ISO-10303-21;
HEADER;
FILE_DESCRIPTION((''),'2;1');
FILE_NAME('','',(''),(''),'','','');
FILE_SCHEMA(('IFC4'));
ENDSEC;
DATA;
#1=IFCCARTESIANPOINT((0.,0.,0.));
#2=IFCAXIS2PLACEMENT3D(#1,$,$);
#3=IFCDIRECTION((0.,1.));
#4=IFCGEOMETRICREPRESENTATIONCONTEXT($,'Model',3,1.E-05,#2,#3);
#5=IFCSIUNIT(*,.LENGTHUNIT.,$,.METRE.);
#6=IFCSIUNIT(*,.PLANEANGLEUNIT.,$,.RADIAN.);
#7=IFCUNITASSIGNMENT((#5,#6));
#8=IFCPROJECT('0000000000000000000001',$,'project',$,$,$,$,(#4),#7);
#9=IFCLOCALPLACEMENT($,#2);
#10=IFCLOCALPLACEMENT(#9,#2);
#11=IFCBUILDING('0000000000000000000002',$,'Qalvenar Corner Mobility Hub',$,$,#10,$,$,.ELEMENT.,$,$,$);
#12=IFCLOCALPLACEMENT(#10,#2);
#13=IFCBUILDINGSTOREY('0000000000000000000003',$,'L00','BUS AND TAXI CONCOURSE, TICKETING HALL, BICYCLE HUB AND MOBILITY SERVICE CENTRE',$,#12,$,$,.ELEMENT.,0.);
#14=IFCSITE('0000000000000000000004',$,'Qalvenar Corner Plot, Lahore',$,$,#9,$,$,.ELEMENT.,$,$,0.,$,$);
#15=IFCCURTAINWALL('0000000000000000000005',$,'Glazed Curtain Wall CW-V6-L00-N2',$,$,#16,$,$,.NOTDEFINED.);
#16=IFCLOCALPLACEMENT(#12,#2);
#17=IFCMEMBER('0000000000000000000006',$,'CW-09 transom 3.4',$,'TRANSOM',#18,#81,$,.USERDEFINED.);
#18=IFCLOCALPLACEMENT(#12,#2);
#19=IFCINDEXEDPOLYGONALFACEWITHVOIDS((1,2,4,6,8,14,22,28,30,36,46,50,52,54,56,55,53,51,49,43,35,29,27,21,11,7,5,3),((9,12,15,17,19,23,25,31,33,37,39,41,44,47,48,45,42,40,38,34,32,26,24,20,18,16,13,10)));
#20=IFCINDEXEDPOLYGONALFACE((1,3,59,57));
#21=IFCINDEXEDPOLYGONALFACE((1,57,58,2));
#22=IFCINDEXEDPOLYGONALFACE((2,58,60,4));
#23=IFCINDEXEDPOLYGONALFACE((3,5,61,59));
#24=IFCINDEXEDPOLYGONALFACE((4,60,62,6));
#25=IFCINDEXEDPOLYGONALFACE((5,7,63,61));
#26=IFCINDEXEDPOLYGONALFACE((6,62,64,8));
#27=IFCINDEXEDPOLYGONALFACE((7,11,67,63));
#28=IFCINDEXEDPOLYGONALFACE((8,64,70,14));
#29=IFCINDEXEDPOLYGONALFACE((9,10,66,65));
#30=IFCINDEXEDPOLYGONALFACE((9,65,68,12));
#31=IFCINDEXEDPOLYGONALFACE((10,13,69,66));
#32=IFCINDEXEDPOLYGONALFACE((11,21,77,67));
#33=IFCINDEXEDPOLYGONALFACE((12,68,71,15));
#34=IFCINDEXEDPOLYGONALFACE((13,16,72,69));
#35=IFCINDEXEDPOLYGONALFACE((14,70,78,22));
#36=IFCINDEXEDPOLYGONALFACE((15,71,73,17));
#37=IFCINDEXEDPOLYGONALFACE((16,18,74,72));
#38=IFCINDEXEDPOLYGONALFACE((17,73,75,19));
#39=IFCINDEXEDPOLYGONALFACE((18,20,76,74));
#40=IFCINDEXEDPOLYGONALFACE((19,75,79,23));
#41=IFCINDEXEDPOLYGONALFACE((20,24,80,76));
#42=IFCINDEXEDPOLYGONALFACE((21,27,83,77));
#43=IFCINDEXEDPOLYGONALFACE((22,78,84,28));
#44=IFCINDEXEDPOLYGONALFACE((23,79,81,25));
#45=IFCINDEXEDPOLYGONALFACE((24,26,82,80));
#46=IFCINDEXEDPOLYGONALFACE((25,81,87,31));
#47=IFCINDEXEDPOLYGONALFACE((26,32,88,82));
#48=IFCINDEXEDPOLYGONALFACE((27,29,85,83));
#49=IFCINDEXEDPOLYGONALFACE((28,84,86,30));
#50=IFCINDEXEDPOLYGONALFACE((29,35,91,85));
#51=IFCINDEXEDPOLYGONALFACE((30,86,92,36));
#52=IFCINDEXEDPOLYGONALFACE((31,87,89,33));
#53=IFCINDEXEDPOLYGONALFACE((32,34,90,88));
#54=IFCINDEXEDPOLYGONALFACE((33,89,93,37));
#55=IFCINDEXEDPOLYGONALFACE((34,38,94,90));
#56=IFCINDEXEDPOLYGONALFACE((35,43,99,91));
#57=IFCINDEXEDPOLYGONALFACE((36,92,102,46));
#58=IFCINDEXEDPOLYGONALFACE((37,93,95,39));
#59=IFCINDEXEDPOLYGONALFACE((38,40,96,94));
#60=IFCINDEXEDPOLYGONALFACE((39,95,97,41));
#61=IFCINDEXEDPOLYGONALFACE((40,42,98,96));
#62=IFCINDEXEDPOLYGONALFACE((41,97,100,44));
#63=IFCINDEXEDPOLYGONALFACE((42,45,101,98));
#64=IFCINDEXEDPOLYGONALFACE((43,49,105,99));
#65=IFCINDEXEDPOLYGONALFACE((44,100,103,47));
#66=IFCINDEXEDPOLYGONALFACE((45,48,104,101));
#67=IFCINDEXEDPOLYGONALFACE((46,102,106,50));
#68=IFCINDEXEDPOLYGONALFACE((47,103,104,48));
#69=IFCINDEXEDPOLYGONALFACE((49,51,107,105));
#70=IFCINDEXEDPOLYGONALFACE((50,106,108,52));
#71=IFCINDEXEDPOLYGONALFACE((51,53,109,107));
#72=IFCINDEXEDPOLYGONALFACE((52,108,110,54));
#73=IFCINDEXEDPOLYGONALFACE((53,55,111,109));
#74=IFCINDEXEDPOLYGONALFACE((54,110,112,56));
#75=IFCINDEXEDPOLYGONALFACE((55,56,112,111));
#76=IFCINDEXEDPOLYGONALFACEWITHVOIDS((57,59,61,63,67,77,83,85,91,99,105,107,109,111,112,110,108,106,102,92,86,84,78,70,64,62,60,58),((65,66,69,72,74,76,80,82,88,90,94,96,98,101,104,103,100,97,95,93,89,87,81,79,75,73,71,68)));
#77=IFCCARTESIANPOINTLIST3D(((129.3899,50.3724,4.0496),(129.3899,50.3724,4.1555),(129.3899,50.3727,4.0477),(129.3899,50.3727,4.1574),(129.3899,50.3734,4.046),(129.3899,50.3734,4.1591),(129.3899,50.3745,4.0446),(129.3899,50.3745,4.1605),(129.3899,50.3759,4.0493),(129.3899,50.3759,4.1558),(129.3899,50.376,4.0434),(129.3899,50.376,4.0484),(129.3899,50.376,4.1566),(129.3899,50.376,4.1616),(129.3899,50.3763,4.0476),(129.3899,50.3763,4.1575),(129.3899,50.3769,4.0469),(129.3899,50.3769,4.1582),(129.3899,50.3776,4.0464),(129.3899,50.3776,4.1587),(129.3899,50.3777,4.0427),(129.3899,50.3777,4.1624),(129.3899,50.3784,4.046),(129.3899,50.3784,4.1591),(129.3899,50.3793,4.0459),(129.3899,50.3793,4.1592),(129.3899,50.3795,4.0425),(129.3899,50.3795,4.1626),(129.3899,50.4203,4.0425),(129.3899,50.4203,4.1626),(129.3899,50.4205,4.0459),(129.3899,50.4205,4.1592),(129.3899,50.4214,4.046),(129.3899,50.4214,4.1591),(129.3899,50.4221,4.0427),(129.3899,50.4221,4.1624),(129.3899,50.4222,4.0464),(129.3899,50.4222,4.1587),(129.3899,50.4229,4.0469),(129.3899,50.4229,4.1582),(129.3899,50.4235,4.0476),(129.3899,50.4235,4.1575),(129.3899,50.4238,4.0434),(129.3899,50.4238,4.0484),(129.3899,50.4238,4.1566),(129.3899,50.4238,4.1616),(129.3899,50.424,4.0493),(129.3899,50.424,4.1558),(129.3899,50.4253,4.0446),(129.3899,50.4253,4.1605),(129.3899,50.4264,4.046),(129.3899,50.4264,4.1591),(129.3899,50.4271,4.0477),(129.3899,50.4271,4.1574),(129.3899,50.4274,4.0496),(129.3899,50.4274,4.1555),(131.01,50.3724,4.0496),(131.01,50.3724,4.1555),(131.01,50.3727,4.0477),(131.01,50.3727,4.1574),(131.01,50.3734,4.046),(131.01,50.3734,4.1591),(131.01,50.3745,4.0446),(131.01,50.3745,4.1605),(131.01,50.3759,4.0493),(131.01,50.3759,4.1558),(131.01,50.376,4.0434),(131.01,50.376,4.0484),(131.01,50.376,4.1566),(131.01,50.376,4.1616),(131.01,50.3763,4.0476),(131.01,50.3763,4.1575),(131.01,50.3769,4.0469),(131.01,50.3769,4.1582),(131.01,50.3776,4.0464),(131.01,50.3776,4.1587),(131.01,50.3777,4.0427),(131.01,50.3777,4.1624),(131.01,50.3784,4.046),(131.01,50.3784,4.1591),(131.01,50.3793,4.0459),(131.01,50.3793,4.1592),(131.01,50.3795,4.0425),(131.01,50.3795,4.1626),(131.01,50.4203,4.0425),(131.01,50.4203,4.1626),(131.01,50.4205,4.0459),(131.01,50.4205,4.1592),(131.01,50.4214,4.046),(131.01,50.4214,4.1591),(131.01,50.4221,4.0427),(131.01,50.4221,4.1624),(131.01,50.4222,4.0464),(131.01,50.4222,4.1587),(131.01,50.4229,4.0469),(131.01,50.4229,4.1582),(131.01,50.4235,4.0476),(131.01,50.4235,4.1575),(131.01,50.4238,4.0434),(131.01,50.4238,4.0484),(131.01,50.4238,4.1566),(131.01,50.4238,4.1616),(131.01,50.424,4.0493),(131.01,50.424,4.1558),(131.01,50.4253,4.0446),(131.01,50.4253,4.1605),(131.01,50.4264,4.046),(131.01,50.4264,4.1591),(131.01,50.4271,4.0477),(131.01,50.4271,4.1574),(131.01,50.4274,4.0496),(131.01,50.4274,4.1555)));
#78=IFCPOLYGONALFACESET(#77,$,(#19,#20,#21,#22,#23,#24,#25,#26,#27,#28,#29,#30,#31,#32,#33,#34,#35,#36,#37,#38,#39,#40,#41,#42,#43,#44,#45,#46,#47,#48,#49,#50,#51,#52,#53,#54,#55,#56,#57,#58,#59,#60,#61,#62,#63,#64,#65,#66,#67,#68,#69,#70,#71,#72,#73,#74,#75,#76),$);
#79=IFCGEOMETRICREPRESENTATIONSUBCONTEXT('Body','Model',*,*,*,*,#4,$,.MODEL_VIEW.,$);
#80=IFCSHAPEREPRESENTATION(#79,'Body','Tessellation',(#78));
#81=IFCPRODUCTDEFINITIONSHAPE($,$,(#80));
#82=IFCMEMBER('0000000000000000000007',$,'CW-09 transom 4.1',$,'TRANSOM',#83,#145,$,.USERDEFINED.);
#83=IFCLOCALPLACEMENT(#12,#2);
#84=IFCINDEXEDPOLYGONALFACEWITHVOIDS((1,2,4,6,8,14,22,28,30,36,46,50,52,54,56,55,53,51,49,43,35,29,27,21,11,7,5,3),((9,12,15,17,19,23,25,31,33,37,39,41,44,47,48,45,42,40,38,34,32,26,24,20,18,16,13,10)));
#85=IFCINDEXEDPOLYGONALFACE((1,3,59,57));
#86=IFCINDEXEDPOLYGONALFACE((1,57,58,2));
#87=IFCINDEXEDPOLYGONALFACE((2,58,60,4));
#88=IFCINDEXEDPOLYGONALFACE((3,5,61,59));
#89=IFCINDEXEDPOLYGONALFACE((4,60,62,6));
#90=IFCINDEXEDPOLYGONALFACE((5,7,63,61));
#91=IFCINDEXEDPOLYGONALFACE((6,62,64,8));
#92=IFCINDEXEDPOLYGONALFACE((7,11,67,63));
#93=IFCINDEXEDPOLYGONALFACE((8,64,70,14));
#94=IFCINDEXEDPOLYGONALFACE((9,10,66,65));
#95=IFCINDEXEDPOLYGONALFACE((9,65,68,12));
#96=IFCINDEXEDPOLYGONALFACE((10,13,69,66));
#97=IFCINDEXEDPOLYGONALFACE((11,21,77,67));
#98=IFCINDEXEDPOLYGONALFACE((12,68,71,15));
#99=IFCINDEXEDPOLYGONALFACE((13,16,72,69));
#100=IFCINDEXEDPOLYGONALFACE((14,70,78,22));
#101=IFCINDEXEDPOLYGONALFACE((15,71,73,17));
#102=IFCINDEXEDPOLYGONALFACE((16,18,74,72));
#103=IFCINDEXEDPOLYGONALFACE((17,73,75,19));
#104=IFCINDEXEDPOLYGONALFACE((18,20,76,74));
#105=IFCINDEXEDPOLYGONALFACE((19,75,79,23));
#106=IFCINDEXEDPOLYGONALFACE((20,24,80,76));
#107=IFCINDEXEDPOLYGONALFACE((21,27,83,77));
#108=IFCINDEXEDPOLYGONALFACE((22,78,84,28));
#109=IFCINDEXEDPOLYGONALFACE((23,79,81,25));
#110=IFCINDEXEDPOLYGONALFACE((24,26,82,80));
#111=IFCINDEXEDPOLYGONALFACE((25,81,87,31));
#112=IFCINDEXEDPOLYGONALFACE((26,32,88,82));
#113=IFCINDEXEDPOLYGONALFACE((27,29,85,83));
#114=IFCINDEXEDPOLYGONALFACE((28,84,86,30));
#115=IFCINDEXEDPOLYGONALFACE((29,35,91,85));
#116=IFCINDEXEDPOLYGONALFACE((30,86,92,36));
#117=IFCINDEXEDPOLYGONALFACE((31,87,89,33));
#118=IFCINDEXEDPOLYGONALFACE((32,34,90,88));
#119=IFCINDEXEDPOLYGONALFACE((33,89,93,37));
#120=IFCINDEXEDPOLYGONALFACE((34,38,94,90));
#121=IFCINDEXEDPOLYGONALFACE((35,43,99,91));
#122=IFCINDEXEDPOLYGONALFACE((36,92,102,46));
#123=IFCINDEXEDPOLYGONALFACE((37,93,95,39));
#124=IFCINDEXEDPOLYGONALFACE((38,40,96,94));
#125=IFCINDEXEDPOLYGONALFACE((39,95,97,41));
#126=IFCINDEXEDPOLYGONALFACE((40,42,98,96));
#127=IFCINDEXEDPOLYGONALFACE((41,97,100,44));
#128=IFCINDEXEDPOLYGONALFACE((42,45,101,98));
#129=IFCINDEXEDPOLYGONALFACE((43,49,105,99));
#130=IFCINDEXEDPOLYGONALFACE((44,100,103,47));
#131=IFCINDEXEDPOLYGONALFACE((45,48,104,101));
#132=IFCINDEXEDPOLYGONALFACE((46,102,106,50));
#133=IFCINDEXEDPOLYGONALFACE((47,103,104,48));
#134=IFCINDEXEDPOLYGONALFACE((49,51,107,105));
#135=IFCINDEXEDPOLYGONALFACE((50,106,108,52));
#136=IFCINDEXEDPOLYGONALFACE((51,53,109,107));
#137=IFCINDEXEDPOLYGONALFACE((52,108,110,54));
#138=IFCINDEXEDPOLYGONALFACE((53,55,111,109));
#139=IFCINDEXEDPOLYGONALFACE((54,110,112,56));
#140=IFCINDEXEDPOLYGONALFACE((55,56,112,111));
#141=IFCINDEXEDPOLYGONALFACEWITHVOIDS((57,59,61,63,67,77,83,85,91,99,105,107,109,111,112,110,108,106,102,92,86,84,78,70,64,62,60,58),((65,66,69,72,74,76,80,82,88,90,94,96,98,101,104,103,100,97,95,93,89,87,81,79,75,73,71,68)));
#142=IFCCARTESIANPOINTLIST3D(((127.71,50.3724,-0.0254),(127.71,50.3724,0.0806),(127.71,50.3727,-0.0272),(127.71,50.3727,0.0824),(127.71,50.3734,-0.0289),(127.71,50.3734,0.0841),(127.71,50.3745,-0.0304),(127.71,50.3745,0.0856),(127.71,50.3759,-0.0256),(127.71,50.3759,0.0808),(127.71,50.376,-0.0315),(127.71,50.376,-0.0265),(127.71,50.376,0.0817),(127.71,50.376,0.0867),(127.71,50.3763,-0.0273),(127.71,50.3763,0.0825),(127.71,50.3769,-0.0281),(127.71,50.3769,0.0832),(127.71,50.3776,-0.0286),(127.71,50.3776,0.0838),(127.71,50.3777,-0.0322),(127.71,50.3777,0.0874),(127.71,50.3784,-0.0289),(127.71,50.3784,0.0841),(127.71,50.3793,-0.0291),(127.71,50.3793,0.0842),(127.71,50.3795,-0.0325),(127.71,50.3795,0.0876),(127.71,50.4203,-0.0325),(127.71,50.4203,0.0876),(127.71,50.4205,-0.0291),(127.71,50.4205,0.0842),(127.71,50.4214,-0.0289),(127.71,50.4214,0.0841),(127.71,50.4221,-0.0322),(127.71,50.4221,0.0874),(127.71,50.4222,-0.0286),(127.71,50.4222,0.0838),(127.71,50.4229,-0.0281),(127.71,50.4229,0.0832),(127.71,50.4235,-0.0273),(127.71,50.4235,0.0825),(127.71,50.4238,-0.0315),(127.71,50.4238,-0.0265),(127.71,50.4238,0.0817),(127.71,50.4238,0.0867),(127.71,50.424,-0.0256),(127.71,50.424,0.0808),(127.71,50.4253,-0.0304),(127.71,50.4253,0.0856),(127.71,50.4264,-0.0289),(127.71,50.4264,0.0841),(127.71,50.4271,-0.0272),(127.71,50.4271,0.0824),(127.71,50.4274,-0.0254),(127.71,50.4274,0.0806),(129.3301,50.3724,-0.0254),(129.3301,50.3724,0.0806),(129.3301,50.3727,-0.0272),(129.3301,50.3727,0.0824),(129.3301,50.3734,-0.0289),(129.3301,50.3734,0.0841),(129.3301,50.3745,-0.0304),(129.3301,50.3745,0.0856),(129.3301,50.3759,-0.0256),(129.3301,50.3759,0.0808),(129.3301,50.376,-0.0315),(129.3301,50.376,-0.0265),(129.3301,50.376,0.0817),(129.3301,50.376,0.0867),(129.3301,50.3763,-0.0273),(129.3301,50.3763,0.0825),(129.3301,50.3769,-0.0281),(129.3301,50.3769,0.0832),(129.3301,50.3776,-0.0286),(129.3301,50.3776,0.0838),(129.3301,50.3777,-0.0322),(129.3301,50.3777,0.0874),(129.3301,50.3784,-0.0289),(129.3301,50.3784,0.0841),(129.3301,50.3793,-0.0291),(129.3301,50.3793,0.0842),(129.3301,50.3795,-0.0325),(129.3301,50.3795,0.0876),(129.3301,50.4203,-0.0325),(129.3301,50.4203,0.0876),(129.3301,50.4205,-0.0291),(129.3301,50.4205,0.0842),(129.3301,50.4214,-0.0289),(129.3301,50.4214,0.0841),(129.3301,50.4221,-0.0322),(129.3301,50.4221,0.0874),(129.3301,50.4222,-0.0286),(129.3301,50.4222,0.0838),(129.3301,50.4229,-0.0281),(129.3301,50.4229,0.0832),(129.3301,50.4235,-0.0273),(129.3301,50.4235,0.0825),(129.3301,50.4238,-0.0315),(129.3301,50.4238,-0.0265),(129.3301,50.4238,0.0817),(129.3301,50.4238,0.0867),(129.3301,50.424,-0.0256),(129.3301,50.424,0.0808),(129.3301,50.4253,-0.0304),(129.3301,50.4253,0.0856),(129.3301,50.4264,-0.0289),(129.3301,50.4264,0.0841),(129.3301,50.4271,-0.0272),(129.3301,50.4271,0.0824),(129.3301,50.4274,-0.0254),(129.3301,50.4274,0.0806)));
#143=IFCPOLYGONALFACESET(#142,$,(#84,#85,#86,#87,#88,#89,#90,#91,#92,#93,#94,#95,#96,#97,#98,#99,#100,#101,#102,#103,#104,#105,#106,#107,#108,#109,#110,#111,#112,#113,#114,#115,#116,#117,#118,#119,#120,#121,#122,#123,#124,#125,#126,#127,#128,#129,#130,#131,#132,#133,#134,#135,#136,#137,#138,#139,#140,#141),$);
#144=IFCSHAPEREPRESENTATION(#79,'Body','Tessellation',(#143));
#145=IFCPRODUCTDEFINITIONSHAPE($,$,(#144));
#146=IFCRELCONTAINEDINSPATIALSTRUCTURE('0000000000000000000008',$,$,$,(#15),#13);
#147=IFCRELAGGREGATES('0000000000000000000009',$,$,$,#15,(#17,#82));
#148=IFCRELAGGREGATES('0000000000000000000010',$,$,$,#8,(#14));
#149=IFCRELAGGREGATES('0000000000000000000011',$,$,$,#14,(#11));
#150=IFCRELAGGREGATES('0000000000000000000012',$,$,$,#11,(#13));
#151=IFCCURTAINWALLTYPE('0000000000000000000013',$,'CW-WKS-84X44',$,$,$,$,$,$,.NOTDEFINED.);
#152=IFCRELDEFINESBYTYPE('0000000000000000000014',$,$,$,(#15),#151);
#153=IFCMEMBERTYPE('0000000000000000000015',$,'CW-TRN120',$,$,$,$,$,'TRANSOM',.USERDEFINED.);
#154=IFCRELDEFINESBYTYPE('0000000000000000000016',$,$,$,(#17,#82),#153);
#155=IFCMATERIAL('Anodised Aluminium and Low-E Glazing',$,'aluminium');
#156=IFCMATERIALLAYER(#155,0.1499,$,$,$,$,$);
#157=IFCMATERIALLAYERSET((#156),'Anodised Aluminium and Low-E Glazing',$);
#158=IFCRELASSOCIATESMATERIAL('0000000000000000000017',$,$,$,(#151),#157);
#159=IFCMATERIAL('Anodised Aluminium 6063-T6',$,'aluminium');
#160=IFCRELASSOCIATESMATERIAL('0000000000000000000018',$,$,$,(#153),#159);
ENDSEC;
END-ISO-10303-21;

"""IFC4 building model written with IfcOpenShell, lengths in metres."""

from ifc_helpers import new_model, si_unit, direction, frame, origin, origin_2d, place, context, subcontext, project, spatial, hollow_rectangle, extrude, material, layer, layer_set, material_profile, profile_set, type_object, element, aggregate, save


model = new_model("IFC4")

# Units and contexts
model_context = context("Model", 3, precision=1e-05, world=origin(), true_north=direction((0.0, 1.0)))
body_context = subcontext(model_context, "Body", "Model", "MODEL_VIEW")
ifc_project = project(units=[si_unit("LENGTHUNIT", "METRE"), si_unit("PLANEANGLEUNIT", "RADIAN")], contexts=[model_context])

# Site, building, storey
site_placement = place(None, origin())
site = spatial("IfcSite", under=ifc_project, at=site_placement, Name="Qalvenar Corner Plot, Lahore", CompositionType="ELEMENT", RefElevation=0.0)
building_placement = place(site_placement, origin())
building = spatial("IfcBuilding", under=site, at=building_placement, Name="Qalvenar Corner Mobility Hub", CompositionType="ELEMENT")
storey_placement = place(building_placement, origin())
storey = spatial("IfcBuildingStorey", under=building, at=storey_placement, Name="L00", Description="BUS AND TAXI CONCOURSE, TICKETING HALL, BICYCLE HUB AND MOBILITY SERVICE CENTRE", CompositionType="ELEMENT", Elevation=0.0)

# Curtain wall, members
ifc_material_1 = material(Name="Anodised Aluminium and Low-E Glazing", Category="aluminium")
ifc_layer_1 = layer(ifc_material_1, 0.1499)
ifc_layer_set_1 = layer_set([ifc_layer_1], Name="Anodised Aluminium and Low-E Glazing")
curtain_wall_type = type_object("IfcCurtainWallType", Name="CW-WKS-84X44", PredefinedType="NOTDEFINED", material=ifc_layer_set_1)
curtain_wall_placement = place(storey_placement, origin())
curtain_wall = element("IfcCurtainWall", 1, at=curtain_wall_placement, inside=storey, type_object=curtain_wall_type, Name="Glazed Curtain Wall CW-V6-L00-N2", PredefinedType="NOTDEFINED")
ifc_material_2 = material(Name="Anodised Aluminium 6063-T6", Category="aluminium")
ifc_material_profile_1 = material_profile(ifc_material_2, hollow_rectangle(XDim=0.0549, YDim=0.1201, WallThickness=0.0034, InnerFilletRadius=0.0034, OuterFilletRadius=0.0071, at=origin_2d()), Name="RHS120x55x3.5")
ifc_profile_set_1 = profile_set([ifc_material_profile_1], Name="Anodised Aluminium 6063-T6")
member_type_1 = type_object("IfcMemberType", Name="CW-TRN120", ElementType="TRANSOM", PredefinedType="USERDEFINED", material=ifc_profile_set_1)
member_1_placement = place(storey_placement, frame((131.01, 50.3999, 4.1025), z_axis=(-1.0, 0.0, 0.0), x_axis=(0.0, -1.0, 0.0)))
member_1 = element("IfcMember", 2, at=member_1_placement, type_object=member_type_1, Name="CW-09 transom 3.4", ObjectType="TRANSOM", PredefinedType="USERDEFINED", context=body_context, shape_type="SweptSolid", body=[
    extrude(hollow_rectangle(XDim=0.0549, YDim=0.1201, WallThickness=0.0034, InnerFilletRadius=0.0034, OuterFilletRadius=0.0071, at=origin_2d()), origin(), (0.0, 0.0, 1.0), 1.6201),
])
member_2_placement = place(storey_placement, frame((129.3301, 50.3999, 0.0276), z_axis=(-1.0, 0.0, 0.0), x_axis=(0.0, -1.0, 0.0)))
member_2 = element("IfcMember", 3, at=member_2_placement, type_object=member_type_1, Name="CW-09 transom 4.1", ObjectType="TRANSOM", PredefinedType="USERDEFINED", context=body_context, shape_type="SweptSolid", body=[
    extrude(hollow_rectangle(XDim=0.0549, YDim=0.1201, WallThickness=0.0034, InnerFilletRadius=0.0034, OuterFilletRadius=0.0071, at=origin_2d()), origin(), (0.0, 0.0, 1.0), 1.6201),
])
aggregate(curtain_wall, [member_1, member_2])

save(model, "model.ifc")
